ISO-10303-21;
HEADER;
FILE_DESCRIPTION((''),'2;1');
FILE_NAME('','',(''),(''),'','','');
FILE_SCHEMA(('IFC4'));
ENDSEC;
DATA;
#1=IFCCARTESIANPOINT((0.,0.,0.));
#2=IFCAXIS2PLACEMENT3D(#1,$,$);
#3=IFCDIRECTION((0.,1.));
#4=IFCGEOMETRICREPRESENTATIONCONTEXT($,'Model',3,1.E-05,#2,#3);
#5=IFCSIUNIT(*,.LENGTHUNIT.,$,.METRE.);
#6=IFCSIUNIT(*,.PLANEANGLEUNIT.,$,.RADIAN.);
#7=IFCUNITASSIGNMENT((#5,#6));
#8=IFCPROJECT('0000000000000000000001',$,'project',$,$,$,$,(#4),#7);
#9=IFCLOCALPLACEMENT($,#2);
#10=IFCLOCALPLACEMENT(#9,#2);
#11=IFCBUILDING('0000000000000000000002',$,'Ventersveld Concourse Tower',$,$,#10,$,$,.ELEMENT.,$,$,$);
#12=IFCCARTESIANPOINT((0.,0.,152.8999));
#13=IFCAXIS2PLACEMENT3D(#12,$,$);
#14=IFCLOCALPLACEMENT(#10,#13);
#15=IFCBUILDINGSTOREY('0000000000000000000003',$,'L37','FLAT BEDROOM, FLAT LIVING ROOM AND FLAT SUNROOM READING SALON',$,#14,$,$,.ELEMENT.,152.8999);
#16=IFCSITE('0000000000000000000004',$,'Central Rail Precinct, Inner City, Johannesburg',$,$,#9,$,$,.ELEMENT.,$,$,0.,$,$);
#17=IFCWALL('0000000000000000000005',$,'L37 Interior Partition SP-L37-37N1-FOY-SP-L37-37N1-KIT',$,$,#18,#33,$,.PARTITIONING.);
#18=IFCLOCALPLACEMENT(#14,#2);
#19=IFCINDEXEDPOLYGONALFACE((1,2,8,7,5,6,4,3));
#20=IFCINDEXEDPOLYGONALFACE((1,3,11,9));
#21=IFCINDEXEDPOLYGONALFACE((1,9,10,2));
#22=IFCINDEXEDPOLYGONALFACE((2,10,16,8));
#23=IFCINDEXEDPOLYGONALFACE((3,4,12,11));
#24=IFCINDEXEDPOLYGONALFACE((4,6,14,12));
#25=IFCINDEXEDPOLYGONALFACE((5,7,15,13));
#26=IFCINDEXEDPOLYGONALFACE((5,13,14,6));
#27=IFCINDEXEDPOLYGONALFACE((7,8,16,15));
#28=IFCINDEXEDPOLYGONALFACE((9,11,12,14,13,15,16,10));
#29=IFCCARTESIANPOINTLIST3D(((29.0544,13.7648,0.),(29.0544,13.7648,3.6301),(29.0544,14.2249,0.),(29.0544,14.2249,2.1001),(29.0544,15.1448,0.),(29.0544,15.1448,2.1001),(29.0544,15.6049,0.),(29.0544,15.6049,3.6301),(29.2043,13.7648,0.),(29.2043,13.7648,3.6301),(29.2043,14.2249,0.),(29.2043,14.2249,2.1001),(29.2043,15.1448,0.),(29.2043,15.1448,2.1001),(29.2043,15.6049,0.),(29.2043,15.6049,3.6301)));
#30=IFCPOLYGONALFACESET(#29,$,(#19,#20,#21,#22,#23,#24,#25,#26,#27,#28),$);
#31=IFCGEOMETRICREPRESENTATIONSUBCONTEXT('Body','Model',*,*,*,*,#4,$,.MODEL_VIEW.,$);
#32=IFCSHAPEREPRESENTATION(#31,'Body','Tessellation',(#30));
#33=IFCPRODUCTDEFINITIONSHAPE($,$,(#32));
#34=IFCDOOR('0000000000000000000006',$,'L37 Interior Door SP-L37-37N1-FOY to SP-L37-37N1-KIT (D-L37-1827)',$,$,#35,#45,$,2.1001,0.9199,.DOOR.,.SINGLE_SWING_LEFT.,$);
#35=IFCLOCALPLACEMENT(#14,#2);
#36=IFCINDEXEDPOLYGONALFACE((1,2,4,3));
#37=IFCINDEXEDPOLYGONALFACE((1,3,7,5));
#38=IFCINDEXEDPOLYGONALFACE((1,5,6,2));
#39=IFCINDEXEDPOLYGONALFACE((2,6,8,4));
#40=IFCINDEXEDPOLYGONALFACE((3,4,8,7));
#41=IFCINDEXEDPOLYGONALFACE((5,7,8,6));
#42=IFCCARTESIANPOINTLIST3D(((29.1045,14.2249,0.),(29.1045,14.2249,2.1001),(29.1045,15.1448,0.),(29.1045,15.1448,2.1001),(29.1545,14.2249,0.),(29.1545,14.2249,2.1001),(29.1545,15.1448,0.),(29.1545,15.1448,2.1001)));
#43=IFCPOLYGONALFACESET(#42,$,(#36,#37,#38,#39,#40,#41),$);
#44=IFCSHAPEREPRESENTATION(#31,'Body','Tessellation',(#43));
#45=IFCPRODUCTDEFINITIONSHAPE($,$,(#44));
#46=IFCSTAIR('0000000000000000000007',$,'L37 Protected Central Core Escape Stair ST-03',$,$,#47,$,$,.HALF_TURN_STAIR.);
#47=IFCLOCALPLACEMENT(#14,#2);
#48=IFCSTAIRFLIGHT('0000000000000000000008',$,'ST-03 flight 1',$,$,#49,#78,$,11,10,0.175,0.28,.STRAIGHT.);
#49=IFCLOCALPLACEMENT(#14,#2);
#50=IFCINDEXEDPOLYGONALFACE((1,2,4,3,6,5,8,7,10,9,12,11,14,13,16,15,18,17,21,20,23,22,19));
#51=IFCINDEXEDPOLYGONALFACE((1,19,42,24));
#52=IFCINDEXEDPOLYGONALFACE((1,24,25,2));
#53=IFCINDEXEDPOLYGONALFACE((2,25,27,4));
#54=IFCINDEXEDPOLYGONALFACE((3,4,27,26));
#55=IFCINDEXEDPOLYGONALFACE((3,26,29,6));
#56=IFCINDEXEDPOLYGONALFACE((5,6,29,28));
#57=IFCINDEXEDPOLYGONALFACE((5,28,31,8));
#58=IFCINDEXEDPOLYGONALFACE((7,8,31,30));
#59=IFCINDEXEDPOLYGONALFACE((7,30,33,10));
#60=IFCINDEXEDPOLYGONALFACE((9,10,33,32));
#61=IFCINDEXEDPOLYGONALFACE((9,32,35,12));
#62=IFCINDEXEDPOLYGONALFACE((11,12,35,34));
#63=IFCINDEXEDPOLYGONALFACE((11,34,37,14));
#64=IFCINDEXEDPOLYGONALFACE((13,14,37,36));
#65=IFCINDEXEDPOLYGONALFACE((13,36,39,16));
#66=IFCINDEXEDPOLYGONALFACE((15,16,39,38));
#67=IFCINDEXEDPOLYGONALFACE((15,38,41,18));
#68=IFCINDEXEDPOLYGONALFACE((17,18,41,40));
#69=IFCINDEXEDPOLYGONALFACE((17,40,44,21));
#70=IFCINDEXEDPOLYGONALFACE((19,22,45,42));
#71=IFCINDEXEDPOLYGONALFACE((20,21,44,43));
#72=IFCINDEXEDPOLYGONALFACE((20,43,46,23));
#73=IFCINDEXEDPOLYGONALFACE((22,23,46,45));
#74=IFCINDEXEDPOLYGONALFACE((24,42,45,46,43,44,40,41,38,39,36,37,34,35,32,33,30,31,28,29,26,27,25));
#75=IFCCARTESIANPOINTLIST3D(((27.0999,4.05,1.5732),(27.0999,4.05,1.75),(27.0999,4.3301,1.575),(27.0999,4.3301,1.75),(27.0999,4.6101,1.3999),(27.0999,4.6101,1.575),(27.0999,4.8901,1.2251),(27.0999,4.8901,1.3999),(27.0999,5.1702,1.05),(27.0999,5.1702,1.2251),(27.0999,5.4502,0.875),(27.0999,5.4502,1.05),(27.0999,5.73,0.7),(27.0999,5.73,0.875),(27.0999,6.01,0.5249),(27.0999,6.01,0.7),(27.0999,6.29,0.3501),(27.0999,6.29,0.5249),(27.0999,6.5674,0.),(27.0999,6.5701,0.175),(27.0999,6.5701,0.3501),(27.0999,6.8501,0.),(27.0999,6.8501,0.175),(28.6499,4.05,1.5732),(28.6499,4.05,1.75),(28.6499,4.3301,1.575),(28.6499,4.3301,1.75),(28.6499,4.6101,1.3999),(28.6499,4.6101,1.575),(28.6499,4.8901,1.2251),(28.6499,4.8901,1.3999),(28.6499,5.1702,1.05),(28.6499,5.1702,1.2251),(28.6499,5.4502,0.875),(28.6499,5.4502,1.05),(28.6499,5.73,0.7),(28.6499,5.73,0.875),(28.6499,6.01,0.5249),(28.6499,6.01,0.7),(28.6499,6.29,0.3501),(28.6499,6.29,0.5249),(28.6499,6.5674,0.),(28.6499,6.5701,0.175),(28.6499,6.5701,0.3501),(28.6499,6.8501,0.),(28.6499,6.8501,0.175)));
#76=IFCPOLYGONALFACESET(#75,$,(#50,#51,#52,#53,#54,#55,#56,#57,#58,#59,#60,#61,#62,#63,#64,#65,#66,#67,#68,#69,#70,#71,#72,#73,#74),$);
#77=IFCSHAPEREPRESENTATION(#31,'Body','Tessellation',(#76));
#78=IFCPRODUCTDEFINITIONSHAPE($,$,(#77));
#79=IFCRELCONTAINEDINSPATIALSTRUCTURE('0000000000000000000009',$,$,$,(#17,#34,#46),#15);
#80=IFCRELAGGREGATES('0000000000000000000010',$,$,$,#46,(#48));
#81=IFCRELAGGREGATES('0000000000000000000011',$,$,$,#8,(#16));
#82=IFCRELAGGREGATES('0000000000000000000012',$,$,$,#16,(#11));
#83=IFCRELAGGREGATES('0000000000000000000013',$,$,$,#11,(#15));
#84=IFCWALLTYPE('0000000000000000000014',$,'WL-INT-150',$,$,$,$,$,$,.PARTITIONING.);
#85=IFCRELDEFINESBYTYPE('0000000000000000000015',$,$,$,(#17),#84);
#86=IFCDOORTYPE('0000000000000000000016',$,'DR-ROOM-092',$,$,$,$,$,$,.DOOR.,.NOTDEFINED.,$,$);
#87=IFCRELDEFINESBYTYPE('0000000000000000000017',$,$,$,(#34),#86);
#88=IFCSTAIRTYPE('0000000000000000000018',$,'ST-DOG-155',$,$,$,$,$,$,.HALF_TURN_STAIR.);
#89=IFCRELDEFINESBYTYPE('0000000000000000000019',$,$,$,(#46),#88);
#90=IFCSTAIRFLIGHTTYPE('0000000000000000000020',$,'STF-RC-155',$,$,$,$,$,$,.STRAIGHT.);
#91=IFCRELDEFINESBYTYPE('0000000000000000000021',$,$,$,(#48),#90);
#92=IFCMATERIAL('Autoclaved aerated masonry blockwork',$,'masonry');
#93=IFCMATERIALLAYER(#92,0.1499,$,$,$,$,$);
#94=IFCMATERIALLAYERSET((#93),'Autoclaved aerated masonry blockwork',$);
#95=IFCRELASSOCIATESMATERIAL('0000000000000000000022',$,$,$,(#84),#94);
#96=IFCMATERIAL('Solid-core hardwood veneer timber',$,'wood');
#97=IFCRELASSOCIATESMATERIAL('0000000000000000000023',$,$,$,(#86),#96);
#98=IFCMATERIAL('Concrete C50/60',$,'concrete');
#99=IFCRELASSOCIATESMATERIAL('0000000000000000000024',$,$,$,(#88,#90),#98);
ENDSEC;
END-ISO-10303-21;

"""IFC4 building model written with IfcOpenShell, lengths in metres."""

from ifc_helpers import new_model, si_unit, direction, frame, frame_2d, origin, place, context, subcontext, project, spatial, polyline, rectangle, outline, extrude, material, layer, layer_set, type_object, element, fill, aggregate, save


model = new_model("IFC4")

# Units and contexts
model_context = context("Model", 3, precision=1e-05, world=origin(), true_north=direction((0.0, 1.0)))
body_context = subcontext(model_context, "Body", "Model", "MODEL_VIEW")
ifc_project = project(units=[si_unit("LENGTHUNIT", "METRE"), si_unit("PLANEANGLEUNIT", "RADIAN")], contexts=[model_context])

# Site, building, storey
site_placement = place(None, origin())
site = spatial("IfcSite", under=ifc_project, at=site_placement, Name="Central Rail Precinct, Inner City, Johannesburg", CompositionType="ELEMENT", RefElevation=0.0)
building_placement = place(site_placement, origin())
building = spatial("IfcBuilding", under=site, at=building_placement, Name="Ventersveld Concourse Tower", CompositionType="ELEMENT")
storey_placement = place(building_placement, frame((0.0, 0.0, 152.8999)))
storey = spatial("IfcBuildingStorey", under=building, at=storey_placement, Name="L37", Description="FLAT BEDROOM, FLAT LIVING ROOM AND FLAT SUNROOM READING SALON", CompositionType="ELEMENT", Elevation=152.8999)

# Shared definitions
ifc_material_1 = material(Name="Concrete C50/60", Category="concrete")

# Wall, opening, door
ifc_material_2 = material(Name="Autoclaved aerated masonry blockwork", Category="masonry")
ifc_layer_1 = layer(ifc_material_2, 0.1499)
ifc_layer_set_1 = layer_set([ifc_layer_1], Name="Autoclaved aerated masonry blockwork")
wall_type_1 = type_object("IfcWallType", Name="WL-INT-150", PredefinedType="PARTITIONING", material=ifc_layer_set_1)
wall_1_placement = place(storey_placement, frame((29.1294, 13.7649, 0.0), z_axis=(0.0, 0.0, 1.0), x_axis=(0.0, 1.0, 0.0)))
wall_1 = element("IfcWall", 1, at=wall_1_placement, inside=storey, type_object=wall_type_1, Name="L37 Interior Partition SP-L37-37N1-FOY-SP-L37-37N1-KIT", PredefinedType="PARTITIONING", context=body_context, shape_type="SweptSolid", body=[
    extrude(rectangle(XDim=1.8401, YDim=0.1499, at=frame_2d((0.9199, 0.0))), origin(), (0.0, 0.0, 1.0), 3.6301),
])
opening_1_placement = place(wall_1_placement, frame((0.46, 0.0, 0.0)))
opening_1 = element("IfcOpeningElement", 2, at=opening_1_placement, cuts=wall_1, PredefinedType="OPENING", context=body_context, shape_type="SweptSolid", body=[
    extrude(rectangle(XDim=0.9199, YDim=2.1001, at=frame_2d((0.46, 1.05))), frame((0.0, 0.085, 0.0), z_axis=(0.0, -1.0, 0.0), x_axis=(1.0, 0.0, 0.0)), (0.0, 0.0, 1.0), 0.1699),
])
ifc_material_3 = material(Name="Solid-core hardwood veneer timber", Category="wood")
door_type_1 = type_object("IfcDoorType", Name="DR-ROOM-092", OperationType="NOTDEFINED", PredefinedType="DOOR", material=ifc_material_3)
door_1_placement = place(opening_1_placement, origin())
door_1 = element("IfcDoor", 3, at=door_1_placement, inside=storey, type_object=door_type_1, Name="L37 Interior Door SP-L37-37N1-FOY to SP-L37-37N1-KIT (D-L37-1827)", OperationType="SINGLE_SWING_LEFT", OverallHeight=2.1001, OverallWidth=0.9199, PredefinedType="DOOR", context=body_context, shape_type="SweptSolid", body=[
    extrude(rectangle(XDim=0.9199, YDim=2.1001, at=frame_2d((0.46, 1.05))), frame((0.0, 0.0249, 0.0), z_axis=(0.0, -1.0, 0.0), x_axis=(1.0, 0.0, 0.0)), (0.0, 0.0, 1.0), 0.05),
])
fill(opening_1, door_1)

# Stair, stair flight
stair_type = type_object("IfcStairType", Name="ST-DOG-155", PredefinedType="HALF_TURN_STAIR", material=ifc_material_1)
stair_placement = place(storey_placement, origin())
stair = element("IfcStair", 4, at=stair_placement, inside=storey, type_object=stair_type, Name="L37 Protected Central Core Escape Stair ST-03", PredefinedType="HALF_TURN_STAIR")
stair_flight_type = type_object("IfcStairFlightType", Name="STF-RC-155", PredefinedType="STRAIGHT", material=ifc_material_1)
stair_flight_placement = place(storey_placement, frame((27.875, 6.8501, 0.0), z_axis=(0.0, 0.0, 1.0), x_axis=(0.0, -1.0, 0.0)))
stair_flight = element("IfcStairFlight", 5, at=stair_flight_placement, type_object=stair_flight_type, Name="ST-03 flight 1", NumberOfRisers=11, NumberOfTreads=10, PredefinedType="STRAIGHT", RiserHeight=0.175, TreadLength=0.28, context=body_context, shape_type="SweptSolid", body=[
    extrude(outline(polyline([(0.0, 0.0), (0.0, 0.175), (0.28, 0.175), (0.28, 0.3501), (0.5601, 0.3501), (0.5601, 0.5249), (0.8401, 0.5249), (0.8401, 0.7), (1.1201, 0.7), (1.1201, 0.875), (1.3999, 0.875), (1.3999, 1.05), (1.6799, 1.05), (1.6799, 1.2251), (1.96, 1.2251), (1.96, 1.3999), (2.24, 1.3999), (2.24, 1.575), (2.52, 1.575), (2.52, 1.75), (2.8, 1.75), (2.8, 1.925), (2.8, 1.5732), (0.2827, 0.0), (0.0, 0.0)])), frame((0.0, 0.7749, 0.0), z_axis=(0.0, -1.0, 0.0), x_axis=(1.0, 0.0, 0.0)), (0.0, 0.0, 1.0), 1.55),
])
aggregate(stair, [stair_flight])

save(model, "model.ifc")
